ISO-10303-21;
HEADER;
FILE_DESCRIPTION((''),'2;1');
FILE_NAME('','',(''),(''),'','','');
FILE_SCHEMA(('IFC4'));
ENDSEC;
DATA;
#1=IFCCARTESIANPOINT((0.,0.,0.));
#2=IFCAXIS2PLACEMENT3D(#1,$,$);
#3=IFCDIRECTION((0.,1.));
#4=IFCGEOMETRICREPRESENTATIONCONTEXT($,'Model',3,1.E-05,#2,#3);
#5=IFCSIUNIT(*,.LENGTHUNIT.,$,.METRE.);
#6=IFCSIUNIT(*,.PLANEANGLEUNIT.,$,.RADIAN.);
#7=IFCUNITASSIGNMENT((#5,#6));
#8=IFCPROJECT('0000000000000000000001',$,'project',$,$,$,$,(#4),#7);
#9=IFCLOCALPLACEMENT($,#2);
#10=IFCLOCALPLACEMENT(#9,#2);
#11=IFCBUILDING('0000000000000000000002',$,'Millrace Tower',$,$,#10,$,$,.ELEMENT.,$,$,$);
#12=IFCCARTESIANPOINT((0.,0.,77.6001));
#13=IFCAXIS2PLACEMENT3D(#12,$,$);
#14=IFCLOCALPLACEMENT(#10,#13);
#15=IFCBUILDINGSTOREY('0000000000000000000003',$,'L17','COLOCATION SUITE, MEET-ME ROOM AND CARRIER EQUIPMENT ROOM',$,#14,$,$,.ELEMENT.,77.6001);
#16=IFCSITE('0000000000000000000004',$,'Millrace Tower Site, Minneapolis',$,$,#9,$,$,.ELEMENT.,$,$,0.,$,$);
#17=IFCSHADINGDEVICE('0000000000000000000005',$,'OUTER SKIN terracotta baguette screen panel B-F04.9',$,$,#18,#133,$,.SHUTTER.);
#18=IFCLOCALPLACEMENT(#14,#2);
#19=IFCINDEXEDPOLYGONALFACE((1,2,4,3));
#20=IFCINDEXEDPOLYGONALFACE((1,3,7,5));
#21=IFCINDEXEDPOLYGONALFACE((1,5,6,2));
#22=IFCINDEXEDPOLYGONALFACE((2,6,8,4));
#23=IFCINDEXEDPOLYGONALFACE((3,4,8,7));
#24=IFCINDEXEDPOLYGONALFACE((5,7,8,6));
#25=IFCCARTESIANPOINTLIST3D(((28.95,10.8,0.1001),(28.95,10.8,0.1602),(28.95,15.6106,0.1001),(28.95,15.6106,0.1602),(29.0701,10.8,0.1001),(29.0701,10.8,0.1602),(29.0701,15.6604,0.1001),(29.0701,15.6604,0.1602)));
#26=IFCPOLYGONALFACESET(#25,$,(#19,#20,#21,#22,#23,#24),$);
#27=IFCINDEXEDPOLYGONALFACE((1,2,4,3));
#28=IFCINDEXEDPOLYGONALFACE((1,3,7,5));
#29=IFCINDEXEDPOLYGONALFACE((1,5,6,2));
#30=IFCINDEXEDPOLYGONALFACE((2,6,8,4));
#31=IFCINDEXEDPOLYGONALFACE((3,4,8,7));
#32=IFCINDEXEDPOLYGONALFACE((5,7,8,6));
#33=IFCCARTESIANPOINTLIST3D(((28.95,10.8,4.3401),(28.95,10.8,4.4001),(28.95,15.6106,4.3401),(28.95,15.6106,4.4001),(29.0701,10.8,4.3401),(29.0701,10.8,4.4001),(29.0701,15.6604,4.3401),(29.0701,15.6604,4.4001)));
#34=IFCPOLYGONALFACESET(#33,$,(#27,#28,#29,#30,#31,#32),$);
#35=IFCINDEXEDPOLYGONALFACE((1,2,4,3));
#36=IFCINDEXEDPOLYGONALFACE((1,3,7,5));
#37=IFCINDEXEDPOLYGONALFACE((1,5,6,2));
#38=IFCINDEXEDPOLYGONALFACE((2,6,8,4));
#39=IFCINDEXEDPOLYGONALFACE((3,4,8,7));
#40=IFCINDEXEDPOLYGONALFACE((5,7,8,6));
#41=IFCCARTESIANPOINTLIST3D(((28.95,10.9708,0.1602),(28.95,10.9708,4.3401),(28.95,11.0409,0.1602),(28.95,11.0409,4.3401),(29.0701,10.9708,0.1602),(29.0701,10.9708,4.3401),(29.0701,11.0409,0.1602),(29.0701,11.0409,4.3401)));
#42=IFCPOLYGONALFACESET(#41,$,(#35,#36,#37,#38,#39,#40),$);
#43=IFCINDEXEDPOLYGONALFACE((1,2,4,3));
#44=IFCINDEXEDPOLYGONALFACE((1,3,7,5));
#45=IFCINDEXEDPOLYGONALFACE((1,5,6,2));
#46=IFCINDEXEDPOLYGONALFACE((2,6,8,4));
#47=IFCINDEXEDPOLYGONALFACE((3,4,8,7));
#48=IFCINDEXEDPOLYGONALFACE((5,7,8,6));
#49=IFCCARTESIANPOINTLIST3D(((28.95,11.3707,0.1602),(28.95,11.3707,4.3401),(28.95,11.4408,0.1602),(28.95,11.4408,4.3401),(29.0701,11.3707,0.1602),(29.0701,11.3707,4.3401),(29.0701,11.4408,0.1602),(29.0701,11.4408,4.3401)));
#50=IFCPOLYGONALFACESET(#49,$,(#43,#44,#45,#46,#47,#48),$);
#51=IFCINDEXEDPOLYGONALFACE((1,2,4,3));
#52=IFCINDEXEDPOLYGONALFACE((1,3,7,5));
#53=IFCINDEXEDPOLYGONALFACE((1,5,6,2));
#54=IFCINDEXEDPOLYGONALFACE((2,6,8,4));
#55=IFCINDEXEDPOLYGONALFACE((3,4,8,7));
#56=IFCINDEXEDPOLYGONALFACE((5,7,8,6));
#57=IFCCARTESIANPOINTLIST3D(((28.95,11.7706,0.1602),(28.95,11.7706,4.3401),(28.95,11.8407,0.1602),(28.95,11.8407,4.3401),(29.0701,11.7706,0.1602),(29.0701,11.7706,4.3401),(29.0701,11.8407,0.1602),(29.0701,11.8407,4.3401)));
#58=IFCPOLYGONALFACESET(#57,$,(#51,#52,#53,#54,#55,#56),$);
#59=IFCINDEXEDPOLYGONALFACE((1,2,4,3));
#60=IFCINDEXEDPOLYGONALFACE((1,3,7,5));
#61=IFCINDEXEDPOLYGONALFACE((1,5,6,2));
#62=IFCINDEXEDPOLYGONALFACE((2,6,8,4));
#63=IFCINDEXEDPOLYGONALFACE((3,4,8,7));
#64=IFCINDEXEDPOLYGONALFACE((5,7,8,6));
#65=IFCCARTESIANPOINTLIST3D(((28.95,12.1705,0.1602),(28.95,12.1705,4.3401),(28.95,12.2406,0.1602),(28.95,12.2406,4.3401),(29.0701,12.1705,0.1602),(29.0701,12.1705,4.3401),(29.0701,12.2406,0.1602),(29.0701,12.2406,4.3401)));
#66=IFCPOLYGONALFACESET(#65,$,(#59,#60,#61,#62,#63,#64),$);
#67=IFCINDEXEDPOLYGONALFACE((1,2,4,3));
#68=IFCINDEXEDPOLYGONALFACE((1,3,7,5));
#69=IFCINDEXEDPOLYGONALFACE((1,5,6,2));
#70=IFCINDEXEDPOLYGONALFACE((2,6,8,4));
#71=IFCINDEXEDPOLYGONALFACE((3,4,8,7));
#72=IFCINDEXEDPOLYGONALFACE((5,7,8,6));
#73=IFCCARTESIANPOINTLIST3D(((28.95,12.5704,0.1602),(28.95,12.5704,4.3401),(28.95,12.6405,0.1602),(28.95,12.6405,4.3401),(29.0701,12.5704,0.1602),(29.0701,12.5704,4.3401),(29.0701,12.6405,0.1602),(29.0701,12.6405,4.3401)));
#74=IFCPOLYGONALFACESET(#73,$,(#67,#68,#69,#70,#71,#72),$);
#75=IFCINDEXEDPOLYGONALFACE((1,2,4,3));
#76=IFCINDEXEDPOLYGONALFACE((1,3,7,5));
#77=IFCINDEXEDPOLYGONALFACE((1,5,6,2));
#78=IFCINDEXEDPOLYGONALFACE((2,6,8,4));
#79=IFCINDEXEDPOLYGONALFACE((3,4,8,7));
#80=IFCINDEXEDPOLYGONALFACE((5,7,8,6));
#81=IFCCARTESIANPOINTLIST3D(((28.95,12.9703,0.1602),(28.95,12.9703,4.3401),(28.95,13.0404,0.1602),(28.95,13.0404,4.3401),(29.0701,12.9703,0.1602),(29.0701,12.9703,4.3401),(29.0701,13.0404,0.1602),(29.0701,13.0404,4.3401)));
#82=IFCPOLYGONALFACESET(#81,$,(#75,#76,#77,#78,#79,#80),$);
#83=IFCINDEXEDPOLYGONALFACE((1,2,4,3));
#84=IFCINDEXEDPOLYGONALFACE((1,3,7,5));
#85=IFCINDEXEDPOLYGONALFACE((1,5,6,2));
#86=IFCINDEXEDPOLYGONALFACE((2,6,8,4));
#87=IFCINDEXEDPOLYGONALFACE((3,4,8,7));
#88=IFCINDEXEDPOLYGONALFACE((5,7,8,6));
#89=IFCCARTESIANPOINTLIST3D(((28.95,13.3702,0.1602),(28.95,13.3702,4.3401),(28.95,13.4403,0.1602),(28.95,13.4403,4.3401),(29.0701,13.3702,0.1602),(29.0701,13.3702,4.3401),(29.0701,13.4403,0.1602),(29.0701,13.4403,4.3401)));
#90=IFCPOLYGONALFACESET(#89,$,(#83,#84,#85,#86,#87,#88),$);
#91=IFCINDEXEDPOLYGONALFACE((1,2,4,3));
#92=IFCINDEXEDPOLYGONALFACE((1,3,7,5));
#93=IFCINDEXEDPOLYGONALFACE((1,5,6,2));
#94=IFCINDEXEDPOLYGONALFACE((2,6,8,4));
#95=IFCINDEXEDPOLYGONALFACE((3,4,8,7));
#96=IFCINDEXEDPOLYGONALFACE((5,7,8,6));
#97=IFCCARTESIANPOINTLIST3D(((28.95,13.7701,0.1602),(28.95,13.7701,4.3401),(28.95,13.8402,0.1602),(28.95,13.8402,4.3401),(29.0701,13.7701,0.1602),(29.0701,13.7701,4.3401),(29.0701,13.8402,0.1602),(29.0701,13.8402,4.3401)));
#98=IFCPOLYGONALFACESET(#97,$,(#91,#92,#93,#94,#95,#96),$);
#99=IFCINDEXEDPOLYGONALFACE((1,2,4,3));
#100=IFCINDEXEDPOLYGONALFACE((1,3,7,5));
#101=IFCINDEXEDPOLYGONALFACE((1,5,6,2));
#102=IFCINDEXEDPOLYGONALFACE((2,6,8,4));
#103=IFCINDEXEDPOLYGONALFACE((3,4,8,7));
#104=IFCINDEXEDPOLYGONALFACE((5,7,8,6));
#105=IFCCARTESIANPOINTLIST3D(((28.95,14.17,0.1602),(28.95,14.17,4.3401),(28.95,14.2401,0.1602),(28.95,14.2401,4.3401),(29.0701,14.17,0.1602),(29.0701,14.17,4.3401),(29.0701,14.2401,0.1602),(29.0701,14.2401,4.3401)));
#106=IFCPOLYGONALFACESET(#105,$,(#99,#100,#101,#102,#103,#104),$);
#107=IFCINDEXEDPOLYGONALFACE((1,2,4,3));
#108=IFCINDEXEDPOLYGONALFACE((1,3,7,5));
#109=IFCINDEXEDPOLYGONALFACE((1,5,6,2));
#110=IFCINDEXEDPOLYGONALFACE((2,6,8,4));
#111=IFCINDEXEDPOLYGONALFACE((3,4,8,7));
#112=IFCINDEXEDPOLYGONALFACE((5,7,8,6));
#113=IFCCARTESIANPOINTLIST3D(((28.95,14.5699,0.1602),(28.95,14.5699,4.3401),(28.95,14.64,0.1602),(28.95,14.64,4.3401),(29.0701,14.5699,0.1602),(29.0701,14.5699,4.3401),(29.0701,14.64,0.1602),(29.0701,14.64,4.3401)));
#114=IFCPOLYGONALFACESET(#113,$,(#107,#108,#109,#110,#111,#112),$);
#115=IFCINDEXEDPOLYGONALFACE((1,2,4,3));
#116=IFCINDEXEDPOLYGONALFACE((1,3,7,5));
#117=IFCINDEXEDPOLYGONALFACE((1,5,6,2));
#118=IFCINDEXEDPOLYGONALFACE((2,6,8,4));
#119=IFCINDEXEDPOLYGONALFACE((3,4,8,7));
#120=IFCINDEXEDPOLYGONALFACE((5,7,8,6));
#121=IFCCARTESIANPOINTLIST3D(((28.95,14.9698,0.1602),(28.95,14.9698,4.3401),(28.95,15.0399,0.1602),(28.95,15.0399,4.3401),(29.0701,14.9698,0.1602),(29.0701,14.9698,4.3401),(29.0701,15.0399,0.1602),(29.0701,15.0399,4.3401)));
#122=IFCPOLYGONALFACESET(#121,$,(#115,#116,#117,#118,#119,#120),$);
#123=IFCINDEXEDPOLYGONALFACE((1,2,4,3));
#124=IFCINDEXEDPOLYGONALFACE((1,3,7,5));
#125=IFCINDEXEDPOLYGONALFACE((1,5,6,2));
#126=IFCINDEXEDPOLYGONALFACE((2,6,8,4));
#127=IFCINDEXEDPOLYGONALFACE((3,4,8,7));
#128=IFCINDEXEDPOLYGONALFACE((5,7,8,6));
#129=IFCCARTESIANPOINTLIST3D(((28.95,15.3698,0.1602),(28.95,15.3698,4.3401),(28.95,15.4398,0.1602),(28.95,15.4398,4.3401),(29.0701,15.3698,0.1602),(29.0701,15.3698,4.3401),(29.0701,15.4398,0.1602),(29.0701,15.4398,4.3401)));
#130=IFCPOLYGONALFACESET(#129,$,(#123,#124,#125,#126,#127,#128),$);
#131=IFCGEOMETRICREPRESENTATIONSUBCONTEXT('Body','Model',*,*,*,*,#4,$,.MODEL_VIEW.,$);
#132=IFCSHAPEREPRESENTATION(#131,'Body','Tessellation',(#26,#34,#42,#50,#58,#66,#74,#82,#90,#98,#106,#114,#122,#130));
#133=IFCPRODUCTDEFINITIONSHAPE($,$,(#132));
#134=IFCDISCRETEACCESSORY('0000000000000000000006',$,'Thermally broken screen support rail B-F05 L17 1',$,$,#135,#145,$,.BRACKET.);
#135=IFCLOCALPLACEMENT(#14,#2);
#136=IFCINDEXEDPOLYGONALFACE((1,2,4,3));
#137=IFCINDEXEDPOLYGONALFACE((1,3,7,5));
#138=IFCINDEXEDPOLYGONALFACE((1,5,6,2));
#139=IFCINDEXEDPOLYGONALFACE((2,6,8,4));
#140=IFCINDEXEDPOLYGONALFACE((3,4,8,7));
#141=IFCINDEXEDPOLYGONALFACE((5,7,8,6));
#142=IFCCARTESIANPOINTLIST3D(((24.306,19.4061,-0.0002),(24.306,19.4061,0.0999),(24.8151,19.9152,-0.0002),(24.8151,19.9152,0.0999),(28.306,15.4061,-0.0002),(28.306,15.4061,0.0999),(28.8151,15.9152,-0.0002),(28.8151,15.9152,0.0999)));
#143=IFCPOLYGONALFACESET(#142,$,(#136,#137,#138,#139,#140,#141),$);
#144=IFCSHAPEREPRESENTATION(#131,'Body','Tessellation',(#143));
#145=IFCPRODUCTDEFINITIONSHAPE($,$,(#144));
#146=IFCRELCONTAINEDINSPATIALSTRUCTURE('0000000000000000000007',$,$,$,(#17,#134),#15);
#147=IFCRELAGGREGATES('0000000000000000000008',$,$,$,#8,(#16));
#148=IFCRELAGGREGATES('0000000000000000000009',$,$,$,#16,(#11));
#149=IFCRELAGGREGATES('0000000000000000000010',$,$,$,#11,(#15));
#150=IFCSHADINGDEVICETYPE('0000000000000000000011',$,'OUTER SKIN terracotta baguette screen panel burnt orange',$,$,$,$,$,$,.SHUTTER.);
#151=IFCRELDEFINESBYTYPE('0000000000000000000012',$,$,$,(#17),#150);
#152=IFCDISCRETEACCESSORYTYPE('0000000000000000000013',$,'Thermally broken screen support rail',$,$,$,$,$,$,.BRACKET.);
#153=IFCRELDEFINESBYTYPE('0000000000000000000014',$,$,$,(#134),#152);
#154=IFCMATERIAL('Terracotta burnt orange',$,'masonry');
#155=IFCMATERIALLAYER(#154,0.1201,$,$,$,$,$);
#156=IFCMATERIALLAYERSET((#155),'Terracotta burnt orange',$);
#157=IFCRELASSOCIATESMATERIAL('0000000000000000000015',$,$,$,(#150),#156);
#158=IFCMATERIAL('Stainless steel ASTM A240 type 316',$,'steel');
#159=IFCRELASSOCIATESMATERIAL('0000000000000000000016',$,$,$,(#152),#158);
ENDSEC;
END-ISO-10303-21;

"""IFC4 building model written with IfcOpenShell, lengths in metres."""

from ifc_helpers import new_model, entity, si_unit, direction, frame, frame_2d, origin, origin_2d, place, context, subcontext, project, spatial, rectangle, extrude, source, transform, mapped, material, layer, layer_set, type_object, element, save


model = new_model("IFC4")

# Units and contexts
model_context = context("Model", 3, precision=1e-05, world=origin(), true_north=direction((0.0, 1.0)))
body_context = subcontext(model_context, "Body", "Model", "MODEL_VIEW")
ifc_project = project(units=[si_unit("LENGTHUNIT", "METRE"), si_unit("PLANEANGLEUNIT", "RADIAN")], contexts=[model_context])

# Site, building, storey
site_placement = place(None, origin())
site = spatial("IfcSite", under=ifc_project, at=site_placement, Name="Millrace Tower Site, Minneapolis", CompositionType="ELEMENT", RefElevation=0.0)
building_placement = place(site_placement, origin())
building = spatial("IfcBuilding", under=site, at=building_placement, Name="Millrace Tower", CompositionType="ELEMENT")
storey_placement = place(building_placement, frame((0.0, 0.0, 77.6001)))
storey = spatial("IfcBuildingStorey", under=building, at=storey_placement, Name="L17", Description="COLOCATION SUITE, MEET-ME ROOM AND CARRIER EQUIPMENT ROOM", CompositionType="ELEMENT", Elevation=77.6001)

# Shading device
ifc_material_1 = material(Name="Terracotta burnt orange", Category="masonry")
ifc_layer_1 = layer(ifc_material_1, 0.1201)
ifc_layer_set_1 = layer_set([ifc_layer_1], Name="Terracotta burnt orange")
shading_device_type = type_object("IfcShadingDeviceType", Name="OUTER SKIN terracotta baguette screen panel burnt orange", PredefinedType="SHUTTER", material=ifc_layer_set_1)
cartesian_point_1 = entity("IfcCartesianPoint", [-2.4177, 0.0601])
shared_polyline_1 = entity("IfcPolyline", [cartesian_point_1, entity("IfcCartesianPoint", [2.3928, 0.0601]), entity("IfcCartesianPoint", [2.4426, -0.0601]), entity("IfcCartesianPoint", [-2.4177, -0.0601]), cartesian_point_1])
shared_shape_1 = source(origin(), body_context, "Body", "SweptSolid", [
    entity("IfcExtrudedAreaSolid", entity("IfcArbitraryClosedProfileDef", "AREA", None, shared_polyline_1), entity("IfcAxis2Placement3D", entity("IfcCartesianPoint", [0.0, 0.0, 0.0])), entity("IfcDirection", [0.0, 0.0, 1.0]), 0.0601),
    entity("IfcExtrudedAreaSolid", entity("IfcArbitraryClosedProfileDef", "AREA", None, shared_polyline_1), entity("IfcAxis2Placement3D", entity("IfcCartesianPoint", [0.0, 0.0, 4.24])), entity("IfcDirection", [0.0, 0.0, 1.0]), 0.0601),
    extrude(rectangle(XDim=0.0701, YDim=0.1201, at=frame_2d((-2.2119, 0.0))), frame((0.0, 0.0, 0.0601)), (0.0, 0.0, 1.0), 4.1799),
    extrude(rectangle(XDim=0.0701, YDim=0.1201, at=frame_2d((-1.812, 0.0))), frame((0.0, 0.0, 0.0601)), (0.0, 0.0, 1.0), 4.1799),
    extrude(rectangle(XDim=0.0701, YDim=0.1201, at=frame_2d((-1.4121, 0.0))), frame((0.0, 0.0, 0.0601)), (0.0, 0.0, 1.0), 4.1799),
    extrude(rectangle(XDim=0.0701, YDim=0.1201, at=frame_2d((-1.0122, 0.0))), frame((0.0, 0.0, 0.0601)), (0.0, 0.0, 1.0), 4.1799),
    extrude(rectangle(XDim=0.0701, YDim=0.1201, at=frame_2d((-0.6123, 0.0))), frame((0.0, 0.0, 0.0601)), (0.0, 0.0, 1.0), 4.1799),
    extrude(rectangle(XDim=0.0701, YDim=0.1201, at=frame_2d((-0.2124, 0.0))), frame((0.0, 0.0, 0.0601)), (0.0, 0.0, 1.0), 4.1799),
    extrude(rectangle(XDim=0.0701, YDim=0.1201, at=frame_2d((0.1875, 0.0))), frame((0.0, 0.0, 0.0601)), (0.0, 0.0, 1.0), 4.1799),
    extrude(rectangle(XDim=0.0701, YDim=0.1201, at=frame_2d((0.5874, 0.0))), frame((0.0, 0.0, 0.0601)), (0.0, 0.0, 1.0), 4.1799),
    extrude(rectangle(XDim=0.0701, YDim=0.1201, at=frame_2d((0.9873, 0.0))), frame((0.0, 0.0, 0.0601)), (0.0, 0.0, 1.0), 4.1799),
    extrude(rectangle(XDim=0.0701, YDim=0.1201, at=frame_2d((1.3872, 0.0))), frame((0.0, 0.0, 0.0601)), (0.0, 0.0, 1.0), 4.1799),
    extrude(rectangle(XDim=0.0701, YDim=0.1201, at=frame_2d((1.7871, 0.0))), frame((0.0, 0.0, 0.0601)), (0.0, 0.0, 1.0), 4.1799),
    extrude(rectangle(XDim=0.0701, YDim=0.1201, at=frame_2d((2.187, 0.0))), frame((0.0, 0.0, 0.0601)), (0.0, 0.0, 1.0), 4.1799),
])
shading_device_1_placement = place(storey_placement, frame((29.01, 13.2178, 0.1001), z_axis=(0.0, 0.0, 1.0), x_axis=(0.0, 1.0, 0.0)))
element("IfcShadingDevice", 1, at=shading_device_1_placement, inside=storey, type_object=shading_device_type, Name="OUTER SKIN terracotta baguette screen panel B-F04.9", PredefinedType="SHUTTER", context=body_context, shape_type="MappedRepresentation", body=[
    mapped(shared_shape_1, transform((0.0, 0.0, 0.0), scale=1.0)),
])

# Discrete accessory
ifc_material_2 = material(Name="Stainless steel ASTM A240 type 316", Category="steel")
discrete_accessory_type = type_object("IfcDiscreteAccessoryType", Name="Thermally broken screen support rail", PredefinedType="BRACKET", material=ifc_material_2)
discrete_accessory_placement = place(storey_placement, frame((26.5605, 17.6606, -0.0002), z_axis=(0.0, 0.0, 1.0), x_axis=(-0.707107, 0.707107, 0.0)))
element("IfcDiscreteAccessory", 2, at=discrete_accessory_placement, inside=storey, type_object=discrete_accessory_type, Name="Thermally broken screen support rail B-F05 L17 1", PredefinedType="BRACKET", context=body_context, shape_type="SweptSolid", body=[
    extrude(rectangle(XDim=5.6567, YDim=0.72, at=origin_2d()), origin(), (0.0, 0.0, 1.0), 0.1001),
])

save(model, "model.ifc")
